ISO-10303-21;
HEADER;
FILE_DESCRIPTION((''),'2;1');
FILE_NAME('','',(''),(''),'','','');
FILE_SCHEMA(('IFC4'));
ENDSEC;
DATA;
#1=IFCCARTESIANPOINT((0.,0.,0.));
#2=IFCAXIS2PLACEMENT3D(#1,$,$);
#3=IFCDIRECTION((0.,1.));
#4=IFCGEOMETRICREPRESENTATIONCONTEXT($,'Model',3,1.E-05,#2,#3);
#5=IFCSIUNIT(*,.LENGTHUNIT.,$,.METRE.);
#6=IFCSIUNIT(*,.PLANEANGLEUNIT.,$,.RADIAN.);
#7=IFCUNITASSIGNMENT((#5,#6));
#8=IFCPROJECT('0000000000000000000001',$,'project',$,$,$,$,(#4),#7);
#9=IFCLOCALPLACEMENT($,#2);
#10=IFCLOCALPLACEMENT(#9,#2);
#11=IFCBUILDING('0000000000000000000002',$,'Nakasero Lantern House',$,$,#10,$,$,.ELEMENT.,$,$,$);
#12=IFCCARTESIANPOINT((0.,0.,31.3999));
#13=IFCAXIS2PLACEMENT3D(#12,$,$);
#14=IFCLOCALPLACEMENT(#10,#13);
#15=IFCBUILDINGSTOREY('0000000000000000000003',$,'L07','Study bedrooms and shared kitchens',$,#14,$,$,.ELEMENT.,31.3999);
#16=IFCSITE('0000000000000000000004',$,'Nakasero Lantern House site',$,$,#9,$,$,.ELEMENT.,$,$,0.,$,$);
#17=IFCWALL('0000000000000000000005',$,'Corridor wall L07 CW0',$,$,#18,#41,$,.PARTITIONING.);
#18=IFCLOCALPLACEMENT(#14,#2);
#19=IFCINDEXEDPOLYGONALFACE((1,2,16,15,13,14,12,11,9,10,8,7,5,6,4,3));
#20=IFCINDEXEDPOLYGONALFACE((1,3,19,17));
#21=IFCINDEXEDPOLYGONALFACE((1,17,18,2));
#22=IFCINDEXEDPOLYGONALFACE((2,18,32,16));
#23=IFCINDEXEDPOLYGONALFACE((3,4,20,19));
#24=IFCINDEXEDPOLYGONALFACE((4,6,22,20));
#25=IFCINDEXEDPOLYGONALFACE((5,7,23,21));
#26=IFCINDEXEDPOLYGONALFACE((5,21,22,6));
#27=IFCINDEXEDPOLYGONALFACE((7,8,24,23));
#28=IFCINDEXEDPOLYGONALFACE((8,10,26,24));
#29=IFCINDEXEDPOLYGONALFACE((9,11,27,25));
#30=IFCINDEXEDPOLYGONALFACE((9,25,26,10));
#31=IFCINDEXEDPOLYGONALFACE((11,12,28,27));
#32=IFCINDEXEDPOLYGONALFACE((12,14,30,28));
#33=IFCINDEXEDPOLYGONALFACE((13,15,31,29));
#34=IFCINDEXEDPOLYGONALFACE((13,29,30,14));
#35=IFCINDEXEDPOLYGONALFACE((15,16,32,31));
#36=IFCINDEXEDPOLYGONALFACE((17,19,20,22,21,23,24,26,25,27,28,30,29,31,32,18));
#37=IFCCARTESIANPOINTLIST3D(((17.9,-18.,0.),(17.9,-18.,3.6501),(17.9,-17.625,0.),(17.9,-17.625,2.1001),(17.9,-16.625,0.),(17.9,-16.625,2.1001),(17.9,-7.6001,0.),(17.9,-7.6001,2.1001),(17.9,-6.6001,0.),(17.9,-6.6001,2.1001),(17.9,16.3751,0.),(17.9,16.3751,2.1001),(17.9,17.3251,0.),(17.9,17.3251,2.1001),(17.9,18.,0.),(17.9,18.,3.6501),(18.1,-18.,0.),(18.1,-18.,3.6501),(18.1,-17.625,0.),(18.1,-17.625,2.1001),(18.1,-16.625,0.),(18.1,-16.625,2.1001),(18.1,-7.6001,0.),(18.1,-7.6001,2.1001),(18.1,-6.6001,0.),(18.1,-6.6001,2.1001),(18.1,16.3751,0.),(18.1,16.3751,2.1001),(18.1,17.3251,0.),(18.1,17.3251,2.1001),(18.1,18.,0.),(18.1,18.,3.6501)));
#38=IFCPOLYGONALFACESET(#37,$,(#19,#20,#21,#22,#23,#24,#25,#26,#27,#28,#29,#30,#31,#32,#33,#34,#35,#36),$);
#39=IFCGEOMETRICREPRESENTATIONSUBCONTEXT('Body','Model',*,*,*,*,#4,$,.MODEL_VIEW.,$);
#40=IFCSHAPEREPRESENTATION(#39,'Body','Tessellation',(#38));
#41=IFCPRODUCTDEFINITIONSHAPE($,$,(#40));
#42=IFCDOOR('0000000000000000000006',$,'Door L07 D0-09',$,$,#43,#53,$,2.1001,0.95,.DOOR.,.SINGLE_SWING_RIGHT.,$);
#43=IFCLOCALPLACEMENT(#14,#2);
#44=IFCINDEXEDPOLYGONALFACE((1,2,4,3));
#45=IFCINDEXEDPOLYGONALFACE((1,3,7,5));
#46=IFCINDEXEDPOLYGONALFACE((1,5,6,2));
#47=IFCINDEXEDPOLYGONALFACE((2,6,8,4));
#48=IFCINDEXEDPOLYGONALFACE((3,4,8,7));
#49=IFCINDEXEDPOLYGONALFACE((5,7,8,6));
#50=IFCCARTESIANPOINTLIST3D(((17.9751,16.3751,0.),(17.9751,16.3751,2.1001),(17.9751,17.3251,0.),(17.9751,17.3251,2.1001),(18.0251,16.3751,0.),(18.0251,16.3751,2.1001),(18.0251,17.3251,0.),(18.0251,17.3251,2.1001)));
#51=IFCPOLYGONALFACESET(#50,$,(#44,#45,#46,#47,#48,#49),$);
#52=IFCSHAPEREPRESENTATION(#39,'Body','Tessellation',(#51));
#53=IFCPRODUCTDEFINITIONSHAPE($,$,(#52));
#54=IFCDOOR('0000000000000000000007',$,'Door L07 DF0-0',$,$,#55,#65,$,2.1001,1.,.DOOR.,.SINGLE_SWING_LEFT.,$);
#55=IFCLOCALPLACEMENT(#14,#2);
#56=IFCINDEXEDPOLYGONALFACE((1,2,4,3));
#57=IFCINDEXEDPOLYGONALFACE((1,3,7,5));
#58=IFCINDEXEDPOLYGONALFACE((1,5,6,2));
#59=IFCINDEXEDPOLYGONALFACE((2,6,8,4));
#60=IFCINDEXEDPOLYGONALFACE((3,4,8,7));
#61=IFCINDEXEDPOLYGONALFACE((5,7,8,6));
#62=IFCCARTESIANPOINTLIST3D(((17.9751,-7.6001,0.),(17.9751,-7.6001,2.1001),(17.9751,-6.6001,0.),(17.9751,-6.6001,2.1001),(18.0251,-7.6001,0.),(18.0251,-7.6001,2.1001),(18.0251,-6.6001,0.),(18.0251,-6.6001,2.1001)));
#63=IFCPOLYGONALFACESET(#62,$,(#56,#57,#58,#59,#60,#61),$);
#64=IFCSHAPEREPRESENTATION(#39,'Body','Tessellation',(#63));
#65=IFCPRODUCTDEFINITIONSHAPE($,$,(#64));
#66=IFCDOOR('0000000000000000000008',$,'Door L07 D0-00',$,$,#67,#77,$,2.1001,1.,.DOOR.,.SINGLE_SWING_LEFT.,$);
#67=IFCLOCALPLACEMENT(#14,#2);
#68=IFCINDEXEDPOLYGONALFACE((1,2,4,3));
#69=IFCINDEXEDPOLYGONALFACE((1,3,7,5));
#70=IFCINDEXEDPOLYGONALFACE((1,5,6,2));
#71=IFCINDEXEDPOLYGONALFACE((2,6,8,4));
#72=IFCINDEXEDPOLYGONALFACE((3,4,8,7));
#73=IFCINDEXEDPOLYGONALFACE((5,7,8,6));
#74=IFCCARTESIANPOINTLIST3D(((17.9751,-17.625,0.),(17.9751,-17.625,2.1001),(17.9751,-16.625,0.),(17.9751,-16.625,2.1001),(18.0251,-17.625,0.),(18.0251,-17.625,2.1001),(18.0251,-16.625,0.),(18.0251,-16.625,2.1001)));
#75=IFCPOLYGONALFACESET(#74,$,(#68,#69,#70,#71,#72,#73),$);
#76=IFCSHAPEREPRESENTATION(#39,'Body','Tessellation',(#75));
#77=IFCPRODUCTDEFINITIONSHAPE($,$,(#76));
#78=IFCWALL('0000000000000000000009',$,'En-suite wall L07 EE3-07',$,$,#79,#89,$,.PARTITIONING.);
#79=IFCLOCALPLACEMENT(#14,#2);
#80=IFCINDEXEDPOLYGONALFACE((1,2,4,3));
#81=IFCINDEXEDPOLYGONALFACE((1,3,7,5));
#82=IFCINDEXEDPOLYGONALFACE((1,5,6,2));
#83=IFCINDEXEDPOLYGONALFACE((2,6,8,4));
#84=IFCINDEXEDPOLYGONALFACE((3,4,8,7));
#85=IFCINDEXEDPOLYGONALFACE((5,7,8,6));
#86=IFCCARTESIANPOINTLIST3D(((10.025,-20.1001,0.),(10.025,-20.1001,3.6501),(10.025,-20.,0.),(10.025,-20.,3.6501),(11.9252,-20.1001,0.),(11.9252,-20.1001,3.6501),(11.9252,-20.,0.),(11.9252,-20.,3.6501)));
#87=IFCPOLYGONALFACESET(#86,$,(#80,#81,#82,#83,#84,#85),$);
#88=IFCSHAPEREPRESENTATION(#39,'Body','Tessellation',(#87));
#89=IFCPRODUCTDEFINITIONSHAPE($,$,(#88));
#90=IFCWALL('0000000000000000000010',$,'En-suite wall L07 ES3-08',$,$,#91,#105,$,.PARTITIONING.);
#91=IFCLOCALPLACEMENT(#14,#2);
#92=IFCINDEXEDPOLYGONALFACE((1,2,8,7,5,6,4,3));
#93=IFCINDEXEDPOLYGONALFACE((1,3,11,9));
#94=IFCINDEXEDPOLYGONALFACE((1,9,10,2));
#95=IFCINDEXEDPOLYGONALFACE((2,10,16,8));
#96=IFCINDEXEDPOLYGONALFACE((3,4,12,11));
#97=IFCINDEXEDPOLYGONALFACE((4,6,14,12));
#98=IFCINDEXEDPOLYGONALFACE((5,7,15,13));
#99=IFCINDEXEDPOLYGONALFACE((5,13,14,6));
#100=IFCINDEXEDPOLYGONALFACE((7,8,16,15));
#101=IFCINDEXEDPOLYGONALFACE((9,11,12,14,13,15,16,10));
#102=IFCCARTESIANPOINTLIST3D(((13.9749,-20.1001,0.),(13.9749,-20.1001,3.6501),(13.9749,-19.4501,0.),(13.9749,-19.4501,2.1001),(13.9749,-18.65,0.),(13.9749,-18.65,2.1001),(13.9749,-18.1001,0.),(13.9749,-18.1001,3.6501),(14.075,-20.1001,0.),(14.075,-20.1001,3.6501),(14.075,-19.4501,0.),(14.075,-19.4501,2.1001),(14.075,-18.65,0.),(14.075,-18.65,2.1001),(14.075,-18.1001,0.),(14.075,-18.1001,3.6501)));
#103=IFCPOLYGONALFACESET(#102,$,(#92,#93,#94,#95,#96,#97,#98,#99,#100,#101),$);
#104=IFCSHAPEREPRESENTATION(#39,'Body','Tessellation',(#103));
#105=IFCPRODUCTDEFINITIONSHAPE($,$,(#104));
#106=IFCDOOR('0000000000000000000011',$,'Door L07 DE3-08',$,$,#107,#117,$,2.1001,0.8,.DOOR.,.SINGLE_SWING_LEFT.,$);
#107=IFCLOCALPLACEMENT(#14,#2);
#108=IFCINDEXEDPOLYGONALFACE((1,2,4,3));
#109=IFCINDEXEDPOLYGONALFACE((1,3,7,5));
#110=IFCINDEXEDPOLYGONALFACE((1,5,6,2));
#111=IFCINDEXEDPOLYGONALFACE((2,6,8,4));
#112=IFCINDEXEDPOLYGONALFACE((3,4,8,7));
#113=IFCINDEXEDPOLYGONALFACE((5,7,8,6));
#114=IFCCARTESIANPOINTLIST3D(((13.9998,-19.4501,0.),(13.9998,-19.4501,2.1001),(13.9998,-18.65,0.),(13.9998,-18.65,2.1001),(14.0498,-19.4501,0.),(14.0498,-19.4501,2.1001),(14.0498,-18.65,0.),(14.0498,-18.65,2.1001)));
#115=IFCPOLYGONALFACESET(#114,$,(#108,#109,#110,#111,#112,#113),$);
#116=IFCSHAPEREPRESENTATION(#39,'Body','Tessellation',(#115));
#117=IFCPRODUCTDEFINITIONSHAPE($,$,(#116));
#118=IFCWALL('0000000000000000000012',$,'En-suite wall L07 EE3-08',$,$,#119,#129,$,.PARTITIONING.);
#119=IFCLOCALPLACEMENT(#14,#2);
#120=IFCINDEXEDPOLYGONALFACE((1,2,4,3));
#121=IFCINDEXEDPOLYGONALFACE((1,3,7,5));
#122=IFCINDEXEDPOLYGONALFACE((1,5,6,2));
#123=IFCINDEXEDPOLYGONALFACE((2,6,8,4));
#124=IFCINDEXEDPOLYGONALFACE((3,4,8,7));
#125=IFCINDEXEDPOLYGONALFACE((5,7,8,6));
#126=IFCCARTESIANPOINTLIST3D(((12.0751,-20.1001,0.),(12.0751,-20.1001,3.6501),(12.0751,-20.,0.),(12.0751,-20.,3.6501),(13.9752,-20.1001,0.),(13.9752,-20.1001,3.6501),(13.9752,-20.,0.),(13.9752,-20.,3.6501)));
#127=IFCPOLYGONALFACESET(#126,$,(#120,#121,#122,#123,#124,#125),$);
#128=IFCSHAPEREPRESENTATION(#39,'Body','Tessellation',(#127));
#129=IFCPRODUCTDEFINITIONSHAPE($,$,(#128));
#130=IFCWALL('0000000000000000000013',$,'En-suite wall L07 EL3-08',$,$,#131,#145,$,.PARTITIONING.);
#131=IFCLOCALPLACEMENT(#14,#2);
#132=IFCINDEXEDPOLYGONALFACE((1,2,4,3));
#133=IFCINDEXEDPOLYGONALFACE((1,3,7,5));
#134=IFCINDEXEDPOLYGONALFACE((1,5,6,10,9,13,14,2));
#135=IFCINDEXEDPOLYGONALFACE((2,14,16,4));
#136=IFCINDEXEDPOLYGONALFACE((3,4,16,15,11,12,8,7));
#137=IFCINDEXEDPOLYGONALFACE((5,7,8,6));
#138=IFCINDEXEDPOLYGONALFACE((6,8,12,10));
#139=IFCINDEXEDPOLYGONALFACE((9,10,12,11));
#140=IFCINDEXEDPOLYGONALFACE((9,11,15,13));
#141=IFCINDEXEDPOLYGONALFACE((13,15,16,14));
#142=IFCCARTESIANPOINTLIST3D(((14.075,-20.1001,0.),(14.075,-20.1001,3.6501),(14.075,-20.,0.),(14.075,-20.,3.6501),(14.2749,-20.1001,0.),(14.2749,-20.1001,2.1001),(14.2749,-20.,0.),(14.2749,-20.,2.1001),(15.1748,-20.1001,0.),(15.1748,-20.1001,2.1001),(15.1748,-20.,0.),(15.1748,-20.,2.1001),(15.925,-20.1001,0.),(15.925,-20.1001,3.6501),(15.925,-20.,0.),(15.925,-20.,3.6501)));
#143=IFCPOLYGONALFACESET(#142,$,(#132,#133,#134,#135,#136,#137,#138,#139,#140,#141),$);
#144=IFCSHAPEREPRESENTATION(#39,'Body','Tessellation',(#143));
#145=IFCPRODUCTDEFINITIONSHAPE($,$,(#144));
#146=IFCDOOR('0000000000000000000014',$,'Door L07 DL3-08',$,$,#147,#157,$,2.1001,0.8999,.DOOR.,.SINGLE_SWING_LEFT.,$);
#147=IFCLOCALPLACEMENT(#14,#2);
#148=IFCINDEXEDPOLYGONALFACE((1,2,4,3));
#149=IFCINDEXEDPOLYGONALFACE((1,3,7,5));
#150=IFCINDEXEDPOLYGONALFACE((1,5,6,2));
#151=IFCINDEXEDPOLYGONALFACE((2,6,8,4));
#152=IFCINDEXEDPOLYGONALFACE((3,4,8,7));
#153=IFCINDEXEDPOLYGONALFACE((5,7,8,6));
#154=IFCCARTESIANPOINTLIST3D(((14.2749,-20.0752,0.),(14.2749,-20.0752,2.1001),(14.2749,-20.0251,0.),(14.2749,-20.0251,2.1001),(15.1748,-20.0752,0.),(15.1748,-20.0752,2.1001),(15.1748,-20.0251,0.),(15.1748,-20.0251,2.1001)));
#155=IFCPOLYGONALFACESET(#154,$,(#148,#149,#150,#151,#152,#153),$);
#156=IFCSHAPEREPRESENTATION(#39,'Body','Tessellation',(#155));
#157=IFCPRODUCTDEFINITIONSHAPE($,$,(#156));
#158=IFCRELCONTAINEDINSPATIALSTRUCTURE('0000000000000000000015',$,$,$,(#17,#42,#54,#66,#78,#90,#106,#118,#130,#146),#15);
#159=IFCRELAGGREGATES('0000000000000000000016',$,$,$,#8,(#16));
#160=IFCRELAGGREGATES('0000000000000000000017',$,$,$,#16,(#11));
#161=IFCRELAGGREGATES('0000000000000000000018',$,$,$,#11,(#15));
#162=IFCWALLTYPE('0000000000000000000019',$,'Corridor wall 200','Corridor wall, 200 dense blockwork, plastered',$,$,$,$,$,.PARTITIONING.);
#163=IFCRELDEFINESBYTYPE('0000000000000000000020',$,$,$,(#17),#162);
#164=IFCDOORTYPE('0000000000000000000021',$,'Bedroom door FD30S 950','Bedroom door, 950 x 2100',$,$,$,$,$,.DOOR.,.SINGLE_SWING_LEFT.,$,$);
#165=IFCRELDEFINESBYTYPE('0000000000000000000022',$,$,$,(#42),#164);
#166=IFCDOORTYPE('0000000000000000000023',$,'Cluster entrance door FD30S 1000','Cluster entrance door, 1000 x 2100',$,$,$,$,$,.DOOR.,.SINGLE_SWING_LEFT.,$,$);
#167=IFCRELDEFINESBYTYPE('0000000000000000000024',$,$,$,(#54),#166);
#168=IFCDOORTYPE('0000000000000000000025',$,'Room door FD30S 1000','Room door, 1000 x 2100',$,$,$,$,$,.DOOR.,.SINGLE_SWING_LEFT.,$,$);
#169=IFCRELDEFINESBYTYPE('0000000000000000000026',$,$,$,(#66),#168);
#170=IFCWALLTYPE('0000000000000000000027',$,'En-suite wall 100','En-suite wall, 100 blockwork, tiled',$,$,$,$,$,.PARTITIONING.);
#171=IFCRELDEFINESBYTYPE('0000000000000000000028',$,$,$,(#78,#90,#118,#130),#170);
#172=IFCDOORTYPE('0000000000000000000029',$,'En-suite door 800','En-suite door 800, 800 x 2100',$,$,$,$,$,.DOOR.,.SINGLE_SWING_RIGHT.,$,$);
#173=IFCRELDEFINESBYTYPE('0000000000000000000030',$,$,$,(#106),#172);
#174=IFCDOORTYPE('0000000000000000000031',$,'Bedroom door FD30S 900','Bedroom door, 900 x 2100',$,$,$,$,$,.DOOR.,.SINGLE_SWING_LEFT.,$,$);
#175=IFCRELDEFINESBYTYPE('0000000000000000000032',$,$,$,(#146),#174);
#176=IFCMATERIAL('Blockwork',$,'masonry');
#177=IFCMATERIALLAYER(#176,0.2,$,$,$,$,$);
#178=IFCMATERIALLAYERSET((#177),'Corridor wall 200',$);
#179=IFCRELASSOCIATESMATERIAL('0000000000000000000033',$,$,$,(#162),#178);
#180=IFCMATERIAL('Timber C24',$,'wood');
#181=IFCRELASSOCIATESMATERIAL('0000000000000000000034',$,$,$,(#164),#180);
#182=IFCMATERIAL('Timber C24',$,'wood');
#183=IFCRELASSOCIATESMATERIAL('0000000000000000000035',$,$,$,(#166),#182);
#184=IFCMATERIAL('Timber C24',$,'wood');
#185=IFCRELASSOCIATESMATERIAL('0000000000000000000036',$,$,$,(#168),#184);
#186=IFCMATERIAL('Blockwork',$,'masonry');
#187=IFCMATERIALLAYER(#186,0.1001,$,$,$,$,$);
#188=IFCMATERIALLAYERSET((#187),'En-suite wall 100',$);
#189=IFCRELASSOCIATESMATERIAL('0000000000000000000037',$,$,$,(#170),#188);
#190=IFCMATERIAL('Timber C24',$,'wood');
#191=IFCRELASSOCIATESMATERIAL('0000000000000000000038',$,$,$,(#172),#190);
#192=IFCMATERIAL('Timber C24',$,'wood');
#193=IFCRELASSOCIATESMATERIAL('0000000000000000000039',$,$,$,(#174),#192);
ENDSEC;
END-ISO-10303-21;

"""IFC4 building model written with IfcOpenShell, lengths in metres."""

from ifc_helpers import new_model, si_unit, direction, frame, frame_2d, origin, place, context, subcontext, project, spatial, rectangle, extrude, material, layer, layer_set, type_object, element, fill, save


model = new_model("IFC4")

# Units and contexts
model_context = context("Model", 3, precision=1e-05, world=origin(), true_north=direction((0.0, 1.0)))
body_context = subcontext(model_context, "Body", "Model", "MODEL_VIEW")
ifc_project = project(units=[si_unit("LENGTHUNIT", "METRE"), si_unit("PLANEANGLEUNIT", "RADIAN")], contexts=[model_context])

# Site, building, storey
site_placement = place(None, origin())
site = spatial("IfcSite", under=ifc_project, at=site_placement, Name="Nakasero Lantern House site", CompositionType="ELEMENT", RefElevation=0.0)
building_placement = place(site_placement, origin())
building = spatial("IfcBuilding", under=site, at=building_placement, Name="Nakasero Lantern House", CompositionType="ELEMENT")
storey_placement = place(building_placement, frame((0.0, 0.0, 31.3999)))
storey = spatial("IfcBuildingStorey", under=building, at=storey_placement, Name="L07", Description="Study bedrooms and shared kitchens", CompositionType="ELEMENT", Elevation=31.3999)

# Wall, openings, doors
ifc_material_1 = material(Name="Blockwork", Category="masonry")
ifc_layer_1 = layer(ifc_material_1, 0.2)
ifc_layer_set_1 = layer_set([ifc_layer_1], Name="Corridor wall 200")
wall_type_1 = type_object("IfcWallType", Name="Corridor wall 200", Description="Corridor wall, 200 dense blockwork, plastered", PredefinedType="PARTITIONING", material=ifc_layer_set_1)
wall_1_placement = place(storey_placement, frame((18.0, -18.0, 0.0), z_axis=(0.0, 0.0, 1.0), x_axis=(0.0, 1.0, 0.0)))
wall_1 = element("IfcWall", 1, at=wall_1_placement, inside=storey, type_object=wall_type_1, Name="Corridor wall L07 CW0", PredefinedType="PARTITIONING", context=body_context, shape_type="SweptSolid", body=[
    extrude(rectangle(XDim=36.0, YDim=0.2, at=frame_2d((18.0, 0.0))), origin(), (0.0, 0.0, 1.0), 3.6501),
])
opening_1_placement = place(wall_1_placement, frame((10.3999, 0.0, 0.0)))
opening_1 = element("IfcOpeningElement", 2, at=opening_1_placement, cuts=wall_1, PredefinedType="OPENING", context=body_context, shape_type="SweptSolid", body=[
    extrude(rectangle(XDim=1.0, YDim=2.1001, at=frame_2d((0.5, 1.05))), frame((0.0, 0.1199, 0.0), z_axis=(0.0, -1.0, 0.0), x_axis=(1.0, 0.0, 0.0)), (0.0, 0.0, 1.0), 0.24),
])
opening_2_placement = place(wall_1_placement, frame((0.375, 0.0, 0.0)))
opening_2 = element("IfcOpeningElement", 3, at=opening_2_placement, cuts=wall_1, PredefinedType="OPENING", context=body_context, shape_type="SweptSolid", body=[
    extrude(rectangle(XDim=1.0, YDim=2.1001, at=frame_2d((0.5, 1.05))), frame((0.0, 0.1199, 0.0), z_axis=(0.0, -1.0, 0.0), x_axis=(1.0, 0.0, 0.0)), (0.0, 0.0, 1.0), 0.24),
])
opening_3_placement = place(wall_1_placement, frame((34.375, 0.0, 0.0)))
opening_3 = element("IfcOpeningElement", 4, at=opening_3_placement, cuts=wall_1, PredefinedType="OPENING", context=body_context, shape_type="SweptSolid", body=[
    extrude(rectangle(XDim=0.95, YDim=2.1001, at=frame_2d((0.4751, 1.05))), frame((0.0, 0.1199, 0.0), z_axis=(0.0, -1.0, 0.0), x_axis=(1.0, 0.0, 0.0)), (0.0, 0.0, 1.0), 0.24),
])
ifc_material_2 = material(Name="Timber C24", Category="wood")
door_type_1 = type_object("IfcDoorType", Name="Bedroom door FD30S 950", Description="Bedroom door, 950 x 2100", OperationType="SINGLE_SWING_LEFT", PredefinedType="DOOR", material=ifc_material_2)
door_1_placement = place(opening_3_placement, origin())
door_1 = element("IfcDoor", 5, at=door_1_placement, inside=storey, type_object=door_type_1, Name="Door L07 D0-09", OperationType="SINGLE_SWING_RIGHT", OverallHeight=2.1001, OverallWidth=0.95, PredefinedType="DOOR", context=body_context, shape_type="SweptSolid", body=[
    extrude(rectangle(XDim=0.95, YDim=2.1001, at=frame_2d((0.4751, 1.05))), frame((0.0, 0.0249, 0.0), z_axis=(0.0, -1.0, 0.0), x_axis=(1.0, 0.0, 0.0)), (0.0, 0.0, 1.0), 0.05),
])
fill(opening_3, door_1)
ifc_material_3 = material(Name="Timber C24", Category="wood")
door_type_2 = type_object("IfcDoorType", Name="Cluster entrance door FD30S 1000", Description="Cluster entrance door, 1000 x 2100", OperationType="SINGLE_SWING_LEFT", PredefinedType="DOOR", material=ifc_material_3)
door_2_placement = place(opening_1_placement, origin())
door_2 = element("IfcDoor", 6, at=door_2_placement, inside=storey, type_object=door_type_2, Name="Door L07 DF0-0", OperationType="SINGLE_SWING_LEFT", OverallHeight=2.1001, OverallWidth=1.0, PredefinedType="DOOR", context=body_context, shape_type="SweptSolid", body=[
    extrude(rectangle(XDim=1.0, YDim=2.1001, at=frame_2d((0.5, 1.05))), frame((0.0, 0.0249, 0.0), z_axis=(0.0, -1.0, 0.0), x_axis=(1.0, 0.0, 0.0)), (0.0, 0.0, 1.0), 0.05),
])
fill(opening_1, door_2)
ifc_material_4 = material(Name="Timber C24", Category="wood")
door_type_3 = type_object("IfcDoorType", Name="Room door FD30S 1000", Description="Room door, 1000 x 2100", OperationType="SINGLE_SWING_LEFT", PredefinedType="DOOR", material=ifc_material_4)
door_3_placement = place(opening_2_placement, origin())
door_3 = element("IfcDoor", 7, at=door_3_placement, inside=storey, type_object=door_type_3, Name="Door L07 D0-00", OperationType="SINGLE_SWING_LEFT", OverallHeight=2.1001, OverallWidth=1.0, PredefinedType="DOOR", context=body_context, shape_type="SweptSolid", body=[
    extrude(rectangle(XDim=1.0, YDim=2.1001, at=frame_2d((0.5, 1.05))), frame((0.0, 0.0249, 0.0), z_axis=(0.0, -1.0, 0.0), x_axis=(1.0, 0.0, 0.0)), (0.0, 0.0, 1.0), 0.05),
])
fill(opening_2, door_3)

# Wall
ifc_material_5 = material(Name="Blockwork", Category="masonry")
ifc_layer_2 = layer(ifc_material_5, 0.1001)
ifc_layer_set_2 = layer_set([ifc_layer_2], Name="En-suite wall 100")
wall_type_2 = type_object("IfcWallType", Name="En-suite wall 100", Description="En-suite wall, 100 blockwork, tiled", PredefinedType="PARTITIONING", material=ifc_layer_set_2)
wall_2_placement = place(storey_placement, frame((10.0249, -20.05, 0.0), z_axis=(0.0, 0.0, 1.0), x_axis=(1.0, 0.0, 0.0)))
element("IfcWall", 8, at=wall_2_placement, inside=storey, type_object=wall_type_2, Name="En-suite wall L07 EE3-07", PredefinedType="PARTITIONING", context=body_context, shape_type="SweptSolid", body=[
    extrude(rectangle(XDim=1.9001, YDim=0.1001, at=frame_2d((0.9502, 0.0))), origin(), (0.0, 0.0, 1.0), 3.6501),
])

# Wall, opening, door
wall_3_placement = place(storey_placement, frame((14.0249, -18.1001, 0.0), z_axis=(0.0, 0.0, 1.0), x_axis=(0.0, -1.0, 0.0)))
wall_3 = element("IfcWall", 9, at=wall_3_placement, inside=storey, type_object=wall_type_2, Name="En-suite wall L07 ES3-08", PredefinedType="PARTITIONING", context=body_context, shape_type="SweptSolid", body=[
    extrude(rectangle(XDim=2.0, YDim=0.1001, at=frame_2d((1.0, 0.0))), origin(), (0.0, 0.0, 1.0), 3.6501),
])
opening_4_placement = place(wall_3_placement, frame((0.55, 0.0, 0.0)))
opening_4 = element("IfcOpeningElement", 10, at=opening_4_placement, cuts=wall_3, PredefinedType="OPENING", context=body_context, shape_type="SweptSolid", body=[
    extrude(rectangle(XDim=0.8, YDim=2.1001, at=frame_2d((0.3999, 1.05))), frame((0.0, 0.0701, 0.0), z_axis=(0.0, -1.0, 0.0), x_axis=(1.0, 0.0, 0.0)), (0.0, 0.0, 1.0), 0.1401),
])
ifc_material_6 = material(Name="Timber C24", Category="wood")
door_type_4 = type_object("IfcDoorType", Name="En-suite door 800", Description="En-suite door 800, 800 x 2100", OperationType="SINGLE_SWING_RIGHT", PredefinedType="DOOR", material=ifc_material_6)
door_4_placement = place(opening_4_placement, origin())
door_4 = element("IfcDoor", 11, at=door_4_placement, inside=storey, type_object=door_type_4, Name="Door L07 DE3-08", OperationType="SINGLE_SWING_LEFT", OverallHeight=2.1001, OverallWidth=0.8, PredefinedType="DOOR", context=body_context, shape_type="SweptSolid", body=[
    extrude(rectangle(XDim=0.8, YDim=2.1001, at=frame_2d((0.3999, 1.05))), frame((0.0, 0.0249, 0.0), z_axis=(0.0, -1.0, 0.0), x_axis=(1.0, 0.0, 0.0)), (0.0, 0.0, 1.0), 0.05),
])
fill(opening_4, door_4)

# Wall
wall_4_placement = place(storey_placement, frame((12.075, -20.05, 0.0), z_axis=(0.0, 0.0, 1.0), x_axis=(1.0, 0.0, 0.0)))
element("IfcWall", 12, at=wall_4_placement, inside=storey, type_object=wall_type_2, Name="En-suite wall L07 EE3-08", PredefinedType="PARTITIONING", context=body_context, shape_type="SweptSolid", body=[
    extrude(rectangle(XDim=1.9001, YDim=0.1001, at=frame_2d((0.9502, 0.0))), origin(), (0.0, 0.0, 1.0), 3.6501),
])

# Wall, opening, door
wall_5_placement = place(storey_placement, frame((14.075, -20.05, 0.0), z_axis=(0.0, 0.0, 1.0), x_axis=(1.0, 0.0, 0.0)))
wall_5 = element("IfcWall", 13, at=wall_5_placement, inside=storey, type_object=wall_type_2, Name="En-suite wall L07 EL3-08", PredefinedType="PARTITIONING", context=body_context, shape_type="SweptSolid", body=[
    extrude(rectangle(XDim=1.8501, YDim=0.1001, at=frame_2d((0.925, 0.0))), origin(), (0.0, 0.0, 1.0), 3.6501),
])
opening_5_placement = place(wall_5_placement, frame((0.2, 0.0, 0.0)))
opening_5 = element("IfcOpeningElement", 14, at=opening_5_placement, cuts=wall_5, PredefinedType="OPENING", context=body_context, shape_type="SweptSolid", body=[
    extrude(rectangle(XDim=0.8999, YDim=2.1001, at=frame_2d((0.45, 1.05))), frame((0.0, 0.0701, 0.0), z_axis=(0.0, -1.0, 0.0), x_axis=(1.0, 0.0, 0.0)), (0.0, 0.0, 1.0), 0.1401),
])
ifc_material_7 = material(Name="Timber C24", Category="wood")
door_type_5 = type_object("IfcDoorType", Name="Bedroom door FD30S 900", Description="Bedroom door, 900 x 2100", OperationType="SINGLE_SWING_LEFT", PredefinedType="DOOR", material=ifc_material_7)
door_5_placement = place(opening_5_placement, origin())
door_5 = element("IfcDoor", 15, at=door_5_placement, inside=storey, type_object=door_type_5, Name="Door L07 DL3-08", OperationType="SINGLE_SWING_LEFT", OverallHeight=2.1001, OverallWidth=0.8999, PredefinedType="DOOR", context=body_context, shape_type="SweptSolid", body=[
    extrude(rectangle(XDim=0.8999, YDim=2.1001, at=frame_2d((0.45, 1.05))), frame((0.0, 0.0249, 0.0), z_axis=(0.0, -1.0, 0.0), x_axis=(1.0, 0.0, 0.0)), (0.0, 0.0, 1.0), 0.05),
])
fill(opening_5, door_5)

save(model, "model.ifc")
